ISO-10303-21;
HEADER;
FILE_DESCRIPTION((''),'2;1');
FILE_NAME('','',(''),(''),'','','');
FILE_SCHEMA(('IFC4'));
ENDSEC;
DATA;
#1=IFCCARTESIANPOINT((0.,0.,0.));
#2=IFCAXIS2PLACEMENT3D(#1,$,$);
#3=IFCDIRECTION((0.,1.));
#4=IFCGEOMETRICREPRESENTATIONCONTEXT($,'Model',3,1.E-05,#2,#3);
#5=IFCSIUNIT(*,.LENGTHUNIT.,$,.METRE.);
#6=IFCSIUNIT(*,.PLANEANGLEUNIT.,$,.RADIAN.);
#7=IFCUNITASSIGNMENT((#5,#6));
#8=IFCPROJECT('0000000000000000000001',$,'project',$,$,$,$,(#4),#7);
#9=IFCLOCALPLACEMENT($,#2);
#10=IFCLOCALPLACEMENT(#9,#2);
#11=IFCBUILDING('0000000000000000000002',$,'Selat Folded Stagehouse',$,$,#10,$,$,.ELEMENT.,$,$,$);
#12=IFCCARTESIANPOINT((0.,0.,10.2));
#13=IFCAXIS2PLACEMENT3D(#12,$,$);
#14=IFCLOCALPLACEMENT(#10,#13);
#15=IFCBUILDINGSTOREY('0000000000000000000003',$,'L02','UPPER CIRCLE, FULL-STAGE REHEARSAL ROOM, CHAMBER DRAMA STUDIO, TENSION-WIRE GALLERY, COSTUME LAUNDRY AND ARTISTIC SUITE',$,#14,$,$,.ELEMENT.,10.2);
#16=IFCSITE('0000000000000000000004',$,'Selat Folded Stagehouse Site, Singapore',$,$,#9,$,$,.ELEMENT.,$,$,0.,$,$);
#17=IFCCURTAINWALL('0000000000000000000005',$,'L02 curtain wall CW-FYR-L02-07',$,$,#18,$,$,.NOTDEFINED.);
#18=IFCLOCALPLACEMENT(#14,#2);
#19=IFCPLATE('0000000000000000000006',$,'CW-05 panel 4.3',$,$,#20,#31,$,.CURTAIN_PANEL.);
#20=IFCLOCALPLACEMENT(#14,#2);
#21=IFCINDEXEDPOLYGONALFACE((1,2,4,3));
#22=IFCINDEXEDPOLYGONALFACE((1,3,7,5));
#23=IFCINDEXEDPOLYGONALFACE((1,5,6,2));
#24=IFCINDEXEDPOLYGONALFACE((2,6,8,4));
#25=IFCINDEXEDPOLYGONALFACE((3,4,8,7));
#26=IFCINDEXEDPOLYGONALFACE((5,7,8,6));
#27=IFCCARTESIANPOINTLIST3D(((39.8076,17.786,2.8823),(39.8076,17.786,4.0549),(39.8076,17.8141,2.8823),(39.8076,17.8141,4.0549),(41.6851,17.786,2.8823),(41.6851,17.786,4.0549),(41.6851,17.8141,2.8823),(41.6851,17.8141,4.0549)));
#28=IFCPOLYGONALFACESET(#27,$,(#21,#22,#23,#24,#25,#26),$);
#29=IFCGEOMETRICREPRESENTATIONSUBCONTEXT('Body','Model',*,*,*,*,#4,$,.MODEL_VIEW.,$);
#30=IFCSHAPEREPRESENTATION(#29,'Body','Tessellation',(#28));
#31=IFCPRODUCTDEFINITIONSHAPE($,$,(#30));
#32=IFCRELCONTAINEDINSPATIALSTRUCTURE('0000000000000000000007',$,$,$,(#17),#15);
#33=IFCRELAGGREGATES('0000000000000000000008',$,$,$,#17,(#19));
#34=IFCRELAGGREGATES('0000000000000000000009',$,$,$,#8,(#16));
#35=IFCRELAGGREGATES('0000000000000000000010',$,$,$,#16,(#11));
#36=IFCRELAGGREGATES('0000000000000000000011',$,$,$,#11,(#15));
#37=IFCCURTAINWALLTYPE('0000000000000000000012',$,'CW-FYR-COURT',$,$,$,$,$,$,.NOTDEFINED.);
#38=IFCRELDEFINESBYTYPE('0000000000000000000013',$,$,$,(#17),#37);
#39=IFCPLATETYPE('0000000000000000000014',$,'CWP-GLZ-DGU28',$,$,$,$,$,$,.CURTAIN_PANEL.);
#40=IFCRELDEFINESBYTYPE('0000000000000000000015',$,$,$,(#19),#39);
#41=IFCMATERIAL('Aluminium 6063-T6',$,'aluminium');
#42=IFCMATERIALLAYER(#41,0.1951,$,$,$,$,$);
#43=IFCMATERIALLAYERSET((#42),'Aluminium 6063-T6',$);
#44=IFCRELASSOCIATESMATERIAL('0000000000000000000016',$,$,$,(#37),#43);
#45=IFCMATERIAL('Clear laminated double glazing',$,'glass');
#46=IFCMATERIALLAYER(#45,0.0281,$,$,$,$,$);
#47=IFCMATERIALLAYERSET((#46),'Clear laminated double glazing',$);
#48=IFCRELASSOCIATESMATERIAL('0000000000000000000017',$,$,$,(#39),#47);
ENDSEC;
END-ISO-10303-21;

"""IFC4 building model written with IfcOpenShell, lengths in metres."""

from ifc_helpers import new_model, si_unit, direction, frame, origin, origin_2d, place, context, subcontext, project, spatial, rectangle, extrude, material, layer, layer_set, type_object, element, aggregate, save


model = new_model("IFC4")

# Units and contexts
model_context = context("Model", 3, precision=1e-05, world=origin(), true_north=direction((0.0, 1.0)))
body_context = subcontext(model_context, "Body", "Model", "MODEL_VIEW")
ifc_project = project(units=[si_unit("LENGTHUNIT", "METRE"), si_unit("PLANEANGLEUNIT", "RADIAN")], contexts=[model_context])

# Site, building, storey
site_placement = place(None, origin())
site = spatial("IfcSite", under=ifc_project, at=site_placement, Name="Selat Folded Stagehouse Site, Singapore", CompositionType="ELEMENT", RefElevation=0.0)
building_placement = place(site_placement, origin())
building = spatial("IfcBuilding", under=site, at=building_placement, Name="Selat Folded Stagehouse", CompositionType="ELEMENT")
storey_placement = place(building_placement, frame((0.0, 0.0, 10.2)))
storey = spatial("IfcBuildingStorey", under=building, at=storey_placement, Name="L02", Description="UPPER CIRCLE, FULL-STAGE REHEARSAL ROOM, CHAMBER DRAMA STUDIO, TENSION-WIRE GALLERY, COSTUME LAUNDRY AND ARTISTIC SUITE", CompositionType="ELEMENT", Elevation=10.2)

# Curtain wall, plate
ifc_material_1 = material(Name="Aluminium 6063-T6", Category="aluminium")
ifc_layer_1 = layer(ifc_material_1, 0.1951)
ifc_layer_set_1 = layer_set([ifc_layer_1], Name="Aluminium 6063-T6")
curtain_wall_type = type_object("IfcCurtainWallType", Name="CW-FYR-COURT", PredefinedType="NOTDEFINED", material=ifc_layer_set_1)
curtain_wall_placement = place(storey_placement, origin())
curtain_wall = element("IfcCurtainWall", 1, at=curtain_wall_placement, inside=storey, type_object=curtain_wall_type, Name="L02 curtain wall CW-FYR-L02-07", PredefinedType="NOTDEFINED")
ifc_material_2 = material(Name="Clear laminated double glazing", Category="glass")
ifc_layer_2 = layer(ifc_material_2, 0.0281)
ifc_layer_set_2 = layer_set([ifc_layer_2], Name="Clear laminated double glazing")
plate_type = type_object("IfcPlateType", Name="CWP-GLZ-DGU28", PredefinedType="CURTAIN_PANEL", material=ifc_layer_set_2)
plate_1_placement = place(storey_placement, frame((40.7463, 17.8, 2.8823), z_axis=(0.0, 0.0, 1.0), x_axis=(1.0, 0.0, 0.0)))
plate_1 = element("IfcPlate", 2, at=plate_1_placement, type_object=plate_type, Name="CW-05 panel 4.3", PredefinedType="CURTAIN_PANEL", context=body_context, shape_type="SweptSolid", body=[
    extrude(rectangle(XDim=1.8774, YDim=0.0281, at=origin_2d()), origin(), (0.0, 0.0, 1.0), 1.1726),
])
aggregate(curtain_wall, [plate_1])

save(model, "model.ifc")
